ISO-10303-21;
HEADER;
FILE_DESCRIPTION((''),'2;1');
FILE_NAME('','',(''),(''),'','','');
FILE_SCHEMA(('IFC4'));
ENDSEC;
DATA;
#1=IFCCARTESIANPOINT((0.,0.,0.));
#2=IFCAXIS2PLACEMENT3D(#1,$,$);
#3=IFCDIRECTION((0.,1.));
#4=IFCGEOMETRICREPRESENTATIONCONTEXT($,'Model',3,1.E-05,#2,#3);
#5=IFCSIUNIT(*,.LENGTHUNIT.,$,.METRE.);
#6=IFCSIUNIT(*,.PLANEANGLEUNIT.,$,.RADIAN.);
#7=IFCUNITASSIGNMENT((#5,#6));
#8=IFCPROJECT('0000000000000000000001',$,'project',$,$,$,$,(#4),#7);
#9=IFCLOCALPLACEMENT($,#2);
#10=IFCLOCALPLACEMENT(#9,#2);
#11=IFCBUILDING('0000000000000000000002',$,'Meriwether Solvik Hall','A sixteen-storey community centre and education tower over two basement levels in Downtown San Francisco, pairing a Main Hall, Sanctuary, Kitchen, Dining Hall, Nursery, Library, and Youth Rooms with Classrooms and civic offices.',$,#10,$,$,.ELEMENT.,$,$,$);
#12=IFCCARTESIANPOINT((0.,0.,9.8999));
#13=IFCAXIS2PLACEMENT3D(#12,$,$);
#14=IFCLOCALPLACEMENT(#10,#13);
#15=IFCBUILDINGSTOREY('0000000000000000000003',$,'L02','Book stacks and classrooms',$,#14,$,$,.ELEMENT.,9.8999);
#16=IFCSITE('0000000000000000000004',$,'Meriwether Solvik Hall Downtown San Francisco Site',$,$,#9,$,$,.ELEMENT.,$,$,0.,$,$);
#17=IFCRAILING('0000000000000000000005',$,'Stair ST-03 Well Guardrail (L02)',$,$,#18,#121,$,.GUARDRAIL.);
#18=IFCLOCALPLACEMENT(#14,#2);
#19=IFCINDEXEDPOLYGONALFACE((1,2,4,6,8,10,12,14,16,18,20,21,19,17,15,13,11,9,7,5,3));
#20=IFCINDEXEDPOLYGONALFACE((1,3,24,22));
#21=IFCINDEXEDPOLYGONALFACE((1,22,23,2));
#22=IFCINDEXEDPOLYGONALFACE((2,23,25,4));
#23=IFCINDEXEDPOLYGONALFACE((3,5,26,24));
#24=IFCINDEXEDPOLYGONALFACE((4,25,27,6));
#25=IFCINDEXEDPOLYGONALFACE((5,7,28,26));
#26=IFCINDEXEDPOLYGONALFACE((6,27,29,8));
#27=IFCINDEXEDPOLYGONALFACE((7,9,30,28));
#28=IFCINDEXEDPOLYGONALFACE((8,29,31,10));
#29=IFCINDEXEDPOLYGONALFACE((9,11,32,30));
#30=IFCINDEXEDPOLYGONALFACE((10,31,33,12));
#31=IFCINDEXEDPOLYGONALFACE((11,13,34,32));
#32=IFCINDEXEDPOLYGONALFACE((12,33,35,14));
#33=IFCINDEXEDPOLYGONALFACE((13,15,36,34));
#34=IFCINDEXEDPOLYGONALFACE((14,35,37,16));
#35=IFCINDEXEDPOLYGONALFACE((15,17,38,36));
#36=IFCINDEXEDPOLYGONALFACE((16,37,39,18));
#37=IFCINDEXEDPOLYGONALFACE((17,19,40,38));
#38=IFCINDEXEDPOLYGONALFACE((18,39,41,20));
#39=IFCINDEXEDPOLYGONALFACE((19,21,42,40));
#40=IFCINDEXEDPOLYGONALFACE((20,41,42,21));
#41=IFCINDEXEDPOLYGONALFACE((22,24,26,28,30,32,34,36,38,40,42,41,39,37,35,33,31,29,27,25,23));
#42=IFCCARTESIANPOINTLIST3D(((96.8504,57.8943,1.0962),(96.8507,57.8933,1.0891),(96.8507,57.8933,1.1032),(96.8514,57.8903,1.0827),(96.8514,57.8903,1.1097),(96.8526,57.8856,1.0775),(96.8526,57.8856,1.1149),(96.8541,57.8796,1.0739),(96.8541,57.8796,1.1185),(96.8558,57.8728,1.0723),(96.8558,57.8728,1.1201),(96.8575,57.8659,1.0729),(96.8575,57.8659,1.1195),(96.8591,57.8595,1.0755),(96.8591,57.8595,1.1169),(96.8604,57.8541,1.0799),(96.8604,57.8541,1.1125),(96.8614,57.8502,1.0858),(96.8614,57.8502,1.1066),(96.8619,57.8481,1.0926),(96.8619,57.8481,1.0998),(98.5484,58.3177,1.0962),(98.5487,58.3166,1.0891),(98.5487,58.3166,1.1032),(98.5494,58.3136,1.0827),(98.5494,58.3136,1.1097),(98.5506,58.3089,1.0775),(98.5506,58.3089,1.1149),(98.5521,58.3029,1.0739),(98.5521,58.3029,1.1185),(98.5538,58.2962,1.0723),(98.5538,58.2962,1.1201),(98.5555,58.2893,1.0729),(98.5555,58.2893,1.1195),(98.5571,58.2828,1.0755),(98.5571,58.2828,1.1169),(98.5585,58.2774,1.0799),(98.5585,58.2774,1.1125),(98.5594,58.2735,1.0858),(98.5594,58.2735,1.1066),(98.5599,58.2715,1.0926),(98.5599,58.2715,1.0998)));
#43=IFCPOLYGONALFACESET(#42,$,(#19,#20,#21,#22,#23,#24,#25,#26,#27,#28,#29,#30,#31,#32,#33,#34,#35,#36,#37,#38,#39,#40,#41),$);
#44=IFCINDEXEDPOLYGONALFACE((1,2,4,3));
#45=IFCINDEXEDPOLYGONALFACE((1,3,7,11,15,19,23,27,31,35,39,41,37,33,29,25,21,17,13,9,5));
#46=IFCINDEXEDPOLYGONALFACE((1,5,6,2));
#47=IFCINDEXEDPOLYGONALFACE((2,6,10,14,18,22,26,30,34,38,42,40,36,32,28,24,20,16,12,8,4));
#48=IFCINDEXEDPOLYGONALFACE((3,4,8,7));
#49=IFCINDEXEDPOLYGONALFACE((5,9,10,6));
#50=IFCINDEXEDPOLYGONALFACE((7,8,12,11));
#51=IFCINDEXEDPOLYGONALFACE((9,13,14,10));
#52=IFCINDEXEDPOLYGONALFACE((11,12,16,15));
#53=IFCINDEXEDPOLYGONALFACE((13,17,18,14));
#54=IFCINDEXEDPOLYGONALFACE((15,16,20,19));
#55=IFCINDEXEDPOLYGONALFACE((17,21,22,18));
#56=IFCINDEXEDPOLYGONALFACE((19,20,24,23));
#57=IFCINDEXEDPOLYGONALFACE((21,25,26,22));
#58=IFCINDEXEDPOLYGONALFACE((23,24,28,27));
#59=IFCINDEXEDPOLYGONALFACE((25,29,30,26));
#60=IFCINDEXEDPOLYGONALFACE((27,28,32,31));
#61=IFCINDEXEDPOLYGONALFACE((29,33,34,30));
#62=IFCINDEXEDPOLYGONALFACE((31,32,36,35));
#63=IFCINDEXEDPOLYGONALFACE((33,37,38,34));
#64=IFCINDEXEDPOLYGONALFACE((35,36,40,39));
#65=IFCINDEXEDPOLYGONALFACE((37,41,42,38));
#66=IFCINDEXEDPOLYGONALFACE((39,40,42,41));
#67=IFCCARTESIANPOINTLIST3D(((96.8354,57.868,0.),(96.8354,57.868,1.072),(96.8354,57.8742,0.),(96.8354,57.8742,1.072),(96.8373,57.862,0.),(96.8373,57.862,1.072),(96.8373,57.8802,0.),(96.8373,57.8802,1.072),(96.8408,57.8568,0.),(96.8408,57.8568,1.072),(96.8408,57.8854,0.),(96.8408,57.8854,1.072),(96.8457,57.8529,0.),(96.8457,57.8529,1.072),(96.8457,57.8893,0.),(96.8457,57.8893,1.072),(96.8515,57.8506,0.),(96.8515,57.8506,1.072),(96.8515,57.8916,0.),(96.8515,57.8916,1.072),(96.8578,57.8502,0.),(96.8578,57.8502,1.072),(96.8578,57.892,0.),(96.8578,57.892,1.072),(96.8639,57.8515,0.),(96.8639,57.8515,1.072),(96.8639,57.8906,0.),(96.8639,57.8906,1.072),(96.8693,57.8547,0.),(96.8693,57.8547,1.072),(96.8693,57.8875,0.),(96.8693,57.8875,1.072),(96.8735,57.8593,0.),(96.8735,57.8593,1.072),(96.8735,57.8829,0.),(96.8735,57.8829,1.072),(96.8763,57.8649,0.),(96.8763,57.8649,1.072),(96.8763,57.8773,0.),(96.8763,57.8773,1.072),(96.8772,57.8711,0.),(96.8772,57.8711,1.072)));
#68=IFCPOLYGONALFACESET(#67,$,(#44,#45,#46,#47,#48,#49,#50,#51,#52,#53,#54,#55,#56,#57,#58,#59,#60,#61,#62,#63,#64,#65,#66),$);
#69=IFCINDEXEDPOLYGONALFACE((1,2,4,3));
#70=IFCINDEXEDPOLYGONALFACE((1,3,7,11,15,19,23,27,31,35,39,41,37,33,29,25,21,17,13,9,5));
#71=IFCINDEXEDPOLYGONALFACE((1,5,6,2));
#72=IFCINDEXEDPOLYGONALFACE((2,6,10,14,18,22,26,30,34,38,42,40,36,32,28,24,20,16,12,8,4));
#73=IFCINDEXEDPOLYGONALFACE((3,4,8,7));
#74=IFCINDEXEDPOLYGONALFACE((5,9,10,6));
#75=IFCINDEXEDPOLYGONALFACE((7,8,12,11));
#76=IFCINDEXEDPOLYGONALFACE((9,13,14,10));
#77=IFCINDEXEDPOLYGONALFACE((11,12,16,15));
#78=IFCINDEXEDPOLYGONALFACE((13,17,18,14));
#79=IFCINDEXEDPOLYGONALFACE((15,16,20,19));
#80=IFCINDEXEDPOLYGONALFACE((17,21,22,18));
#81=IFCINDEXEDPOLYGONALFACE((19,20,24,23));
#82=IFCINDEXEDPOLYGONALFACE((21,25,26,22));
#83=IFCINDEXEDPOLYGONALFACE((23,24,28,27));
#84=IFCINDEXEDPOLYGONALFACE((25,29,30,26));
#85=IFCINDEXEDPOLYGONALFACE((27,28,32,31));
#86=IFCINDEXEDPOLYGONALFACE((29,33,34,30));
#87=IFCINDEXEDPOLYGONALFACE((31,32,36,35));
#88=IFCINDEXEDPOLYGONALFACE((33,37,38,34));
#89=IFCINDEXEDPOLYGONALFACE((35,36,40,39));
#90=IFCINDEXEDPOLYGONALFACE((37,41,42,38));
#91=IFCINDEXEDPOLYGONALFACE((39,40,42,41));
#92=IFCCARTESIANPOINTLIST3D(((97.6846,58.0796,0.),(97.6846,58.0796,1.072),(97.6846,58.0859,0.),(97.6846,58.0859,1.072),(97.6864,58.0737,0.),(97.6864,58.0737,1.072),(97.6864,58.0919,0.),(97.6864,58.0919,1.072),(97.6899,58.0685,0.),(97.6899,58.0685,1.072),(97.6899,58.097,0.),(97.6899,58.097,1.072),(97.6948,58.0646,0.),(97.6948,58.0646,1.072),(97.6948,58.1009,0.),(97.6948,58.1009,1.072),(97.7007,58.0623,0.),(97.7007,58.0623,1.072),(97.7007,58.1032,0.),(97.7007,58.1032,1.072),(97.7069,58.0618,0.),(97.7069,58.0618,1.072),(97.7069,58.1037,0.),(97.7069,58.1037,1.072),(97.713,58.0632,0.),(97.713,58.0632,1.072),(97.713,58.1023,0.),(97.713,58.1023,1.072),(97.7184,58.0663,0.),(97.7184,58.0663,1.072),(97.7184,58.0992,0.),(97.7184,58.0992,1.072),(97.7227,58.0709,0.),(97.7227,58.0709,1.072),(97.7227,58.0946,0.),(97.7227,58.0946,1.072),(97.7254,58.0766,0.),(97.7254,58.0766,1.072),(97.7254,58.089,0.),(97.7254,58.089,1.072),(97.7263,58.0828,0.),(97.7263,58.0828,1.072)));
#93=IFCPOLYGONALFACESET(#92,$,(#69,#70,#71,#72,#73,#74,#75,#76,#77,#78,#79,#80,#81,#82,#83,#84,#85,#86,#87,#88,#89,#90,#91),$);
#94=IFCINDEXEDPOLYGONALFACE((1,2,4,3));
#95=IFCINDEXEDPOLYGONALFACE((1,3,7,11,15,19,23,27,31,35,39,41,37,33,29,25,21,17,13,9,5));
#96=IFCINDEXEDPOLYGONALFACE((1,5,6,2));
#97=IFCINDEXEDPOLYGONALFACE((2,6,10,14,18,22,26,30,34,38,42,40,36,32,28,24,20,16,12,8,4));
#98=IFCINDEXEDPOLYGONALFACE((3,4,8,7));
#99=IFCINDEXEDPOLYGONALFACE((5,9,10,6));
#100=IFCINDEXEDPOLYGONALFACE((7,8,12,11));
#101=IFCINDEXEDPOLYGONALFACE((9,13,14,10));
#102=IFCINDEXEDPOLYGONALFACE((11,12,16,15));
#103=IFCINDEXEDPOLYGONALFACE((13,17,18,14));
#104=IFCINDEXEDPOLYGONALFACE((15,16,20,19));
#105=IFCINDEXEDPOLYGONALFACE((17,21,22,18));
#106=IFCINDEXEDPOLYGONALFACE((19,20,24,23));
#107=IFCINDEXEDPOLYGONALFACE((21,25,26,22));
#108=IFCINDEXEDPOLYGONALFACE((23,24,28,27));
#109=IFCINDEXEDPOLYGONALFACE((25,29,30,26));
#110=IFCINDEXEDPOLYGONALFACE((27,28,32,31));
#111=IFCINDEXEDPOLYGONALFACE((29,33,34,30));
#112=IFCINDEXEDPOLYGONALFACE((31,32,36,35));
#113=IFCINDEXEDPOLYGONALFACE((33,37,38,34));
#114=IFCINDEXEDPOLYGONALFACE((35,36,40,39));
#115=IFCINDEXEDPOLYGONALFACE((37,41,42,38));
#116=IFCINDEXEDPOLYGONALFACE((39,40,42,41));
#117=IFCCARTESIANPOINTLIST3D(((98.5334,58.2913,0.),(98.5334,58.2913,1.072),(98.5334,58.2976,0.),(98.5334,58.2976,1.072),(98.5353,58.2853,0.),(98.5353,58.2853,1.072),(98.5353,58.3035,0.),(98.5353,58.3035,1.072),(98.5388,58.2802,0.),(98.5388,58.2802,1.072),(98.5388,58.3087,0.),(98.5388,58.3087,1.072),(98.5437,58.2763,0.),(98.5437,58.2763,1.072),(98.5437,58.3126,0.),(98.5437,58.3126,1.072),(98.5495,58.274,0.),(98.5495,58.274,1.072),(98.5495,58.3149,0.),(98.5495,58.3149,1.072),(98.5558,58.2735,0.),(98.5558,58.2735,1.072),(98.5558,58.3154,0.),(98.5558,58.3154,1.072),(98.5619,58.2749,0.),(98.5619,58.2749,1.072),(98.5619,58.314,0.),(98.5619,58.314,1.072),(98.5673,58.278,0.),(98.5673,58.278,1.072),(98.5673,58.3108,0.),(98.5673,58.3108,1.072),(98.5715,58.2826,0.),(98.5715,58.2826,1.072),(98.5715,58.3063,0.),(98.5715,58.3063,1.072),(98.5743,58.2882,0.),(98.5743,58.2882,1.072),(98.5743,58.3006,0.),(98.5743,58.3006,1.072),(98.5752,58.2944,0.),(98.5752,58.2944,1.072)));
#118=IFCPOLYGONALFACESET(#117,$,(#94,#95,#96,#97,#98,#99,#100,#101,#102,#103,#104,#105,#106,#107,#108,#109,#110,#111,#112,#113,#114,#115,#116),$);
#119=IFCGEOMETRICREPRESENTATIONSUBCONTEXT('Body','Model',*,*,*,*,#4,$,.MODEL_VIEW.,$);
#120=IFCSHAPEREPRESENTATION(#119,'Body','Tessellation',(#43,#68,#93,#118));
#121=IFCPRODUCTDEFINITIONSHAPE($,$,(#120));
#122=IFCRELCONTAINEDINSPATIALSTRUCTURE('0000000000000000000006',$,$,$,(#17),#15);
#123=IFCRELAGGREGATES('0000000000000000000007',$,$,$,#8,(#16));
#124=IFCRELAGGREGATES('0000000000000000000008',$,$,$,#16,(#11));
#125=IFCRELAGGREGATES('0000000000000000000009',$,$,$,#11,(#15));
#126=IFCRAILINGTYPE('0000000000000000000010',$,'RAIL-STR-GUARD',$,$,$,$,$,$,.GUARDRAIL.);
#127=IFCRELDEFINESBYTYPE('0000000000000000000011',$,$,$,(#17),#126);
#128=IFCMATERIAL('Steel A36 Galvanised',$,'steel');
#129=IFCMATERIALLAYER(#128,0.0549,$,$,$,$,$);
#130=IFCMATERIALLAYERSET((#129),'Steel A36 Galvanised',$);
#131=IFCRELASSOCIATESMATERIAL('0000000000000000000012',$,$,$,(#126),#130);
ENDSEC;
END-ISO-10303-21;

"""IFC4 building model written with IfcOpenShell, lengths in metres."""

from ifc_helpers import new_model, si_unit, direction, frame, origin, origin_2d, place, context, subcontext, project, spatial, circle, extrude, material, layer, layer_set, type_object, element, save


model = new_model("IFC4")

# Units and contexts
model_context = context("Model", 3, precision=1e-05, world=origin(), true_north=direction((0.0, 1.0)))
body_context = subcontext(model_context, "Body", "Model", "MODEL_VIEW")
ifc_project = project(units=[si_unit("LENGTHUNIT", "METRE"), si_unit("PLANEANGLEUNIT", "RADIAN")], contexts=[model_context])

# Site, building, storey
site_placement = place(None, origin())
site = spatial("IfcSite", under=ifc_project, at=site_placement, Name="Meriwether Solvik Hall Downtown San Francisco Site", CompositionType="ELEMENT", RefElevation=0.0)
building_placement = place(site_placement, origin())
building = spatial("IfcBuilding", under=site, at=building_placement, Name="Meriwether Solvik Hall", Description="A sixteen-storey community centre and education tower over two basement levels in Downtown San Francisco, pairing a Main Hall, Sanctuary, Kitchen, Dining Hall, Nursery, Library, and Youth Rooms with Classrooms and civic offices.", CompositionType="ELEMENT")
storey_placement = place(building_placement, frame((0.0, 0.0, 9.8999)))
storey = spatial("IfcBuildingStorey", under=building, at=storey_placement, Name="L02", Description="Book stacks and classrooms", CompositionType="ELEMENT", Elevation=9.8999)

# Railing
ifc_material_1 = material(Name="Steel A36 Galvanised", Category="steel")
ifc_layer_1 = layer(ifc_material_1, 0.0549)
ifc_layer_set_1 = layer_set([ifc_layer_1], Name="Steel A36 Galvanised")
railing_type_1 = type_object("IfcRailingType", Name="RAIL-STR-GUARD", PredefinedType="GUARDRAIL", material=ifc_layer_set_1)
railing_1_placement = place(storey_placement, frame((96.8562, 57.8711, 0.0)))
element("IfcRailing", 1, at=railing_1_placement, inside=storey, type_object=railing_type_1, Name="Stair ST-03 Well Guardrail (L02)", PredefinedType="GUARDRAIL", context=body_context, shape_type="SweptSolid", body=[
    extrude(circle(Radius=0.0239, at=origin_2d()), frame((0.0, 0.0, 1.0962), z_axis=(0.970298, 0.241912, 0.0), x_axis=(-0.241912, 0.970298, 0.0)), (0.0, 0.0, 1.0), 1.75),
    extrude(circle(Radius=0.021, at=origin_2d()), origin(), (0.0, 0.0, 1.0), 1.072),
    extrude(circle(Radius=0.021, at=origin_2d()), frame((0.8491, 0.2117, 0.0)), (0.0, 0.0, 1.0), 1.072),
    extrude(circle(Radius=0.021, at=origin_2d()), frame((1.698, 0.4233, 0.0)), (0.0, 0.0, 1.0), 1.072),
])

save(model, "model.ifc")
